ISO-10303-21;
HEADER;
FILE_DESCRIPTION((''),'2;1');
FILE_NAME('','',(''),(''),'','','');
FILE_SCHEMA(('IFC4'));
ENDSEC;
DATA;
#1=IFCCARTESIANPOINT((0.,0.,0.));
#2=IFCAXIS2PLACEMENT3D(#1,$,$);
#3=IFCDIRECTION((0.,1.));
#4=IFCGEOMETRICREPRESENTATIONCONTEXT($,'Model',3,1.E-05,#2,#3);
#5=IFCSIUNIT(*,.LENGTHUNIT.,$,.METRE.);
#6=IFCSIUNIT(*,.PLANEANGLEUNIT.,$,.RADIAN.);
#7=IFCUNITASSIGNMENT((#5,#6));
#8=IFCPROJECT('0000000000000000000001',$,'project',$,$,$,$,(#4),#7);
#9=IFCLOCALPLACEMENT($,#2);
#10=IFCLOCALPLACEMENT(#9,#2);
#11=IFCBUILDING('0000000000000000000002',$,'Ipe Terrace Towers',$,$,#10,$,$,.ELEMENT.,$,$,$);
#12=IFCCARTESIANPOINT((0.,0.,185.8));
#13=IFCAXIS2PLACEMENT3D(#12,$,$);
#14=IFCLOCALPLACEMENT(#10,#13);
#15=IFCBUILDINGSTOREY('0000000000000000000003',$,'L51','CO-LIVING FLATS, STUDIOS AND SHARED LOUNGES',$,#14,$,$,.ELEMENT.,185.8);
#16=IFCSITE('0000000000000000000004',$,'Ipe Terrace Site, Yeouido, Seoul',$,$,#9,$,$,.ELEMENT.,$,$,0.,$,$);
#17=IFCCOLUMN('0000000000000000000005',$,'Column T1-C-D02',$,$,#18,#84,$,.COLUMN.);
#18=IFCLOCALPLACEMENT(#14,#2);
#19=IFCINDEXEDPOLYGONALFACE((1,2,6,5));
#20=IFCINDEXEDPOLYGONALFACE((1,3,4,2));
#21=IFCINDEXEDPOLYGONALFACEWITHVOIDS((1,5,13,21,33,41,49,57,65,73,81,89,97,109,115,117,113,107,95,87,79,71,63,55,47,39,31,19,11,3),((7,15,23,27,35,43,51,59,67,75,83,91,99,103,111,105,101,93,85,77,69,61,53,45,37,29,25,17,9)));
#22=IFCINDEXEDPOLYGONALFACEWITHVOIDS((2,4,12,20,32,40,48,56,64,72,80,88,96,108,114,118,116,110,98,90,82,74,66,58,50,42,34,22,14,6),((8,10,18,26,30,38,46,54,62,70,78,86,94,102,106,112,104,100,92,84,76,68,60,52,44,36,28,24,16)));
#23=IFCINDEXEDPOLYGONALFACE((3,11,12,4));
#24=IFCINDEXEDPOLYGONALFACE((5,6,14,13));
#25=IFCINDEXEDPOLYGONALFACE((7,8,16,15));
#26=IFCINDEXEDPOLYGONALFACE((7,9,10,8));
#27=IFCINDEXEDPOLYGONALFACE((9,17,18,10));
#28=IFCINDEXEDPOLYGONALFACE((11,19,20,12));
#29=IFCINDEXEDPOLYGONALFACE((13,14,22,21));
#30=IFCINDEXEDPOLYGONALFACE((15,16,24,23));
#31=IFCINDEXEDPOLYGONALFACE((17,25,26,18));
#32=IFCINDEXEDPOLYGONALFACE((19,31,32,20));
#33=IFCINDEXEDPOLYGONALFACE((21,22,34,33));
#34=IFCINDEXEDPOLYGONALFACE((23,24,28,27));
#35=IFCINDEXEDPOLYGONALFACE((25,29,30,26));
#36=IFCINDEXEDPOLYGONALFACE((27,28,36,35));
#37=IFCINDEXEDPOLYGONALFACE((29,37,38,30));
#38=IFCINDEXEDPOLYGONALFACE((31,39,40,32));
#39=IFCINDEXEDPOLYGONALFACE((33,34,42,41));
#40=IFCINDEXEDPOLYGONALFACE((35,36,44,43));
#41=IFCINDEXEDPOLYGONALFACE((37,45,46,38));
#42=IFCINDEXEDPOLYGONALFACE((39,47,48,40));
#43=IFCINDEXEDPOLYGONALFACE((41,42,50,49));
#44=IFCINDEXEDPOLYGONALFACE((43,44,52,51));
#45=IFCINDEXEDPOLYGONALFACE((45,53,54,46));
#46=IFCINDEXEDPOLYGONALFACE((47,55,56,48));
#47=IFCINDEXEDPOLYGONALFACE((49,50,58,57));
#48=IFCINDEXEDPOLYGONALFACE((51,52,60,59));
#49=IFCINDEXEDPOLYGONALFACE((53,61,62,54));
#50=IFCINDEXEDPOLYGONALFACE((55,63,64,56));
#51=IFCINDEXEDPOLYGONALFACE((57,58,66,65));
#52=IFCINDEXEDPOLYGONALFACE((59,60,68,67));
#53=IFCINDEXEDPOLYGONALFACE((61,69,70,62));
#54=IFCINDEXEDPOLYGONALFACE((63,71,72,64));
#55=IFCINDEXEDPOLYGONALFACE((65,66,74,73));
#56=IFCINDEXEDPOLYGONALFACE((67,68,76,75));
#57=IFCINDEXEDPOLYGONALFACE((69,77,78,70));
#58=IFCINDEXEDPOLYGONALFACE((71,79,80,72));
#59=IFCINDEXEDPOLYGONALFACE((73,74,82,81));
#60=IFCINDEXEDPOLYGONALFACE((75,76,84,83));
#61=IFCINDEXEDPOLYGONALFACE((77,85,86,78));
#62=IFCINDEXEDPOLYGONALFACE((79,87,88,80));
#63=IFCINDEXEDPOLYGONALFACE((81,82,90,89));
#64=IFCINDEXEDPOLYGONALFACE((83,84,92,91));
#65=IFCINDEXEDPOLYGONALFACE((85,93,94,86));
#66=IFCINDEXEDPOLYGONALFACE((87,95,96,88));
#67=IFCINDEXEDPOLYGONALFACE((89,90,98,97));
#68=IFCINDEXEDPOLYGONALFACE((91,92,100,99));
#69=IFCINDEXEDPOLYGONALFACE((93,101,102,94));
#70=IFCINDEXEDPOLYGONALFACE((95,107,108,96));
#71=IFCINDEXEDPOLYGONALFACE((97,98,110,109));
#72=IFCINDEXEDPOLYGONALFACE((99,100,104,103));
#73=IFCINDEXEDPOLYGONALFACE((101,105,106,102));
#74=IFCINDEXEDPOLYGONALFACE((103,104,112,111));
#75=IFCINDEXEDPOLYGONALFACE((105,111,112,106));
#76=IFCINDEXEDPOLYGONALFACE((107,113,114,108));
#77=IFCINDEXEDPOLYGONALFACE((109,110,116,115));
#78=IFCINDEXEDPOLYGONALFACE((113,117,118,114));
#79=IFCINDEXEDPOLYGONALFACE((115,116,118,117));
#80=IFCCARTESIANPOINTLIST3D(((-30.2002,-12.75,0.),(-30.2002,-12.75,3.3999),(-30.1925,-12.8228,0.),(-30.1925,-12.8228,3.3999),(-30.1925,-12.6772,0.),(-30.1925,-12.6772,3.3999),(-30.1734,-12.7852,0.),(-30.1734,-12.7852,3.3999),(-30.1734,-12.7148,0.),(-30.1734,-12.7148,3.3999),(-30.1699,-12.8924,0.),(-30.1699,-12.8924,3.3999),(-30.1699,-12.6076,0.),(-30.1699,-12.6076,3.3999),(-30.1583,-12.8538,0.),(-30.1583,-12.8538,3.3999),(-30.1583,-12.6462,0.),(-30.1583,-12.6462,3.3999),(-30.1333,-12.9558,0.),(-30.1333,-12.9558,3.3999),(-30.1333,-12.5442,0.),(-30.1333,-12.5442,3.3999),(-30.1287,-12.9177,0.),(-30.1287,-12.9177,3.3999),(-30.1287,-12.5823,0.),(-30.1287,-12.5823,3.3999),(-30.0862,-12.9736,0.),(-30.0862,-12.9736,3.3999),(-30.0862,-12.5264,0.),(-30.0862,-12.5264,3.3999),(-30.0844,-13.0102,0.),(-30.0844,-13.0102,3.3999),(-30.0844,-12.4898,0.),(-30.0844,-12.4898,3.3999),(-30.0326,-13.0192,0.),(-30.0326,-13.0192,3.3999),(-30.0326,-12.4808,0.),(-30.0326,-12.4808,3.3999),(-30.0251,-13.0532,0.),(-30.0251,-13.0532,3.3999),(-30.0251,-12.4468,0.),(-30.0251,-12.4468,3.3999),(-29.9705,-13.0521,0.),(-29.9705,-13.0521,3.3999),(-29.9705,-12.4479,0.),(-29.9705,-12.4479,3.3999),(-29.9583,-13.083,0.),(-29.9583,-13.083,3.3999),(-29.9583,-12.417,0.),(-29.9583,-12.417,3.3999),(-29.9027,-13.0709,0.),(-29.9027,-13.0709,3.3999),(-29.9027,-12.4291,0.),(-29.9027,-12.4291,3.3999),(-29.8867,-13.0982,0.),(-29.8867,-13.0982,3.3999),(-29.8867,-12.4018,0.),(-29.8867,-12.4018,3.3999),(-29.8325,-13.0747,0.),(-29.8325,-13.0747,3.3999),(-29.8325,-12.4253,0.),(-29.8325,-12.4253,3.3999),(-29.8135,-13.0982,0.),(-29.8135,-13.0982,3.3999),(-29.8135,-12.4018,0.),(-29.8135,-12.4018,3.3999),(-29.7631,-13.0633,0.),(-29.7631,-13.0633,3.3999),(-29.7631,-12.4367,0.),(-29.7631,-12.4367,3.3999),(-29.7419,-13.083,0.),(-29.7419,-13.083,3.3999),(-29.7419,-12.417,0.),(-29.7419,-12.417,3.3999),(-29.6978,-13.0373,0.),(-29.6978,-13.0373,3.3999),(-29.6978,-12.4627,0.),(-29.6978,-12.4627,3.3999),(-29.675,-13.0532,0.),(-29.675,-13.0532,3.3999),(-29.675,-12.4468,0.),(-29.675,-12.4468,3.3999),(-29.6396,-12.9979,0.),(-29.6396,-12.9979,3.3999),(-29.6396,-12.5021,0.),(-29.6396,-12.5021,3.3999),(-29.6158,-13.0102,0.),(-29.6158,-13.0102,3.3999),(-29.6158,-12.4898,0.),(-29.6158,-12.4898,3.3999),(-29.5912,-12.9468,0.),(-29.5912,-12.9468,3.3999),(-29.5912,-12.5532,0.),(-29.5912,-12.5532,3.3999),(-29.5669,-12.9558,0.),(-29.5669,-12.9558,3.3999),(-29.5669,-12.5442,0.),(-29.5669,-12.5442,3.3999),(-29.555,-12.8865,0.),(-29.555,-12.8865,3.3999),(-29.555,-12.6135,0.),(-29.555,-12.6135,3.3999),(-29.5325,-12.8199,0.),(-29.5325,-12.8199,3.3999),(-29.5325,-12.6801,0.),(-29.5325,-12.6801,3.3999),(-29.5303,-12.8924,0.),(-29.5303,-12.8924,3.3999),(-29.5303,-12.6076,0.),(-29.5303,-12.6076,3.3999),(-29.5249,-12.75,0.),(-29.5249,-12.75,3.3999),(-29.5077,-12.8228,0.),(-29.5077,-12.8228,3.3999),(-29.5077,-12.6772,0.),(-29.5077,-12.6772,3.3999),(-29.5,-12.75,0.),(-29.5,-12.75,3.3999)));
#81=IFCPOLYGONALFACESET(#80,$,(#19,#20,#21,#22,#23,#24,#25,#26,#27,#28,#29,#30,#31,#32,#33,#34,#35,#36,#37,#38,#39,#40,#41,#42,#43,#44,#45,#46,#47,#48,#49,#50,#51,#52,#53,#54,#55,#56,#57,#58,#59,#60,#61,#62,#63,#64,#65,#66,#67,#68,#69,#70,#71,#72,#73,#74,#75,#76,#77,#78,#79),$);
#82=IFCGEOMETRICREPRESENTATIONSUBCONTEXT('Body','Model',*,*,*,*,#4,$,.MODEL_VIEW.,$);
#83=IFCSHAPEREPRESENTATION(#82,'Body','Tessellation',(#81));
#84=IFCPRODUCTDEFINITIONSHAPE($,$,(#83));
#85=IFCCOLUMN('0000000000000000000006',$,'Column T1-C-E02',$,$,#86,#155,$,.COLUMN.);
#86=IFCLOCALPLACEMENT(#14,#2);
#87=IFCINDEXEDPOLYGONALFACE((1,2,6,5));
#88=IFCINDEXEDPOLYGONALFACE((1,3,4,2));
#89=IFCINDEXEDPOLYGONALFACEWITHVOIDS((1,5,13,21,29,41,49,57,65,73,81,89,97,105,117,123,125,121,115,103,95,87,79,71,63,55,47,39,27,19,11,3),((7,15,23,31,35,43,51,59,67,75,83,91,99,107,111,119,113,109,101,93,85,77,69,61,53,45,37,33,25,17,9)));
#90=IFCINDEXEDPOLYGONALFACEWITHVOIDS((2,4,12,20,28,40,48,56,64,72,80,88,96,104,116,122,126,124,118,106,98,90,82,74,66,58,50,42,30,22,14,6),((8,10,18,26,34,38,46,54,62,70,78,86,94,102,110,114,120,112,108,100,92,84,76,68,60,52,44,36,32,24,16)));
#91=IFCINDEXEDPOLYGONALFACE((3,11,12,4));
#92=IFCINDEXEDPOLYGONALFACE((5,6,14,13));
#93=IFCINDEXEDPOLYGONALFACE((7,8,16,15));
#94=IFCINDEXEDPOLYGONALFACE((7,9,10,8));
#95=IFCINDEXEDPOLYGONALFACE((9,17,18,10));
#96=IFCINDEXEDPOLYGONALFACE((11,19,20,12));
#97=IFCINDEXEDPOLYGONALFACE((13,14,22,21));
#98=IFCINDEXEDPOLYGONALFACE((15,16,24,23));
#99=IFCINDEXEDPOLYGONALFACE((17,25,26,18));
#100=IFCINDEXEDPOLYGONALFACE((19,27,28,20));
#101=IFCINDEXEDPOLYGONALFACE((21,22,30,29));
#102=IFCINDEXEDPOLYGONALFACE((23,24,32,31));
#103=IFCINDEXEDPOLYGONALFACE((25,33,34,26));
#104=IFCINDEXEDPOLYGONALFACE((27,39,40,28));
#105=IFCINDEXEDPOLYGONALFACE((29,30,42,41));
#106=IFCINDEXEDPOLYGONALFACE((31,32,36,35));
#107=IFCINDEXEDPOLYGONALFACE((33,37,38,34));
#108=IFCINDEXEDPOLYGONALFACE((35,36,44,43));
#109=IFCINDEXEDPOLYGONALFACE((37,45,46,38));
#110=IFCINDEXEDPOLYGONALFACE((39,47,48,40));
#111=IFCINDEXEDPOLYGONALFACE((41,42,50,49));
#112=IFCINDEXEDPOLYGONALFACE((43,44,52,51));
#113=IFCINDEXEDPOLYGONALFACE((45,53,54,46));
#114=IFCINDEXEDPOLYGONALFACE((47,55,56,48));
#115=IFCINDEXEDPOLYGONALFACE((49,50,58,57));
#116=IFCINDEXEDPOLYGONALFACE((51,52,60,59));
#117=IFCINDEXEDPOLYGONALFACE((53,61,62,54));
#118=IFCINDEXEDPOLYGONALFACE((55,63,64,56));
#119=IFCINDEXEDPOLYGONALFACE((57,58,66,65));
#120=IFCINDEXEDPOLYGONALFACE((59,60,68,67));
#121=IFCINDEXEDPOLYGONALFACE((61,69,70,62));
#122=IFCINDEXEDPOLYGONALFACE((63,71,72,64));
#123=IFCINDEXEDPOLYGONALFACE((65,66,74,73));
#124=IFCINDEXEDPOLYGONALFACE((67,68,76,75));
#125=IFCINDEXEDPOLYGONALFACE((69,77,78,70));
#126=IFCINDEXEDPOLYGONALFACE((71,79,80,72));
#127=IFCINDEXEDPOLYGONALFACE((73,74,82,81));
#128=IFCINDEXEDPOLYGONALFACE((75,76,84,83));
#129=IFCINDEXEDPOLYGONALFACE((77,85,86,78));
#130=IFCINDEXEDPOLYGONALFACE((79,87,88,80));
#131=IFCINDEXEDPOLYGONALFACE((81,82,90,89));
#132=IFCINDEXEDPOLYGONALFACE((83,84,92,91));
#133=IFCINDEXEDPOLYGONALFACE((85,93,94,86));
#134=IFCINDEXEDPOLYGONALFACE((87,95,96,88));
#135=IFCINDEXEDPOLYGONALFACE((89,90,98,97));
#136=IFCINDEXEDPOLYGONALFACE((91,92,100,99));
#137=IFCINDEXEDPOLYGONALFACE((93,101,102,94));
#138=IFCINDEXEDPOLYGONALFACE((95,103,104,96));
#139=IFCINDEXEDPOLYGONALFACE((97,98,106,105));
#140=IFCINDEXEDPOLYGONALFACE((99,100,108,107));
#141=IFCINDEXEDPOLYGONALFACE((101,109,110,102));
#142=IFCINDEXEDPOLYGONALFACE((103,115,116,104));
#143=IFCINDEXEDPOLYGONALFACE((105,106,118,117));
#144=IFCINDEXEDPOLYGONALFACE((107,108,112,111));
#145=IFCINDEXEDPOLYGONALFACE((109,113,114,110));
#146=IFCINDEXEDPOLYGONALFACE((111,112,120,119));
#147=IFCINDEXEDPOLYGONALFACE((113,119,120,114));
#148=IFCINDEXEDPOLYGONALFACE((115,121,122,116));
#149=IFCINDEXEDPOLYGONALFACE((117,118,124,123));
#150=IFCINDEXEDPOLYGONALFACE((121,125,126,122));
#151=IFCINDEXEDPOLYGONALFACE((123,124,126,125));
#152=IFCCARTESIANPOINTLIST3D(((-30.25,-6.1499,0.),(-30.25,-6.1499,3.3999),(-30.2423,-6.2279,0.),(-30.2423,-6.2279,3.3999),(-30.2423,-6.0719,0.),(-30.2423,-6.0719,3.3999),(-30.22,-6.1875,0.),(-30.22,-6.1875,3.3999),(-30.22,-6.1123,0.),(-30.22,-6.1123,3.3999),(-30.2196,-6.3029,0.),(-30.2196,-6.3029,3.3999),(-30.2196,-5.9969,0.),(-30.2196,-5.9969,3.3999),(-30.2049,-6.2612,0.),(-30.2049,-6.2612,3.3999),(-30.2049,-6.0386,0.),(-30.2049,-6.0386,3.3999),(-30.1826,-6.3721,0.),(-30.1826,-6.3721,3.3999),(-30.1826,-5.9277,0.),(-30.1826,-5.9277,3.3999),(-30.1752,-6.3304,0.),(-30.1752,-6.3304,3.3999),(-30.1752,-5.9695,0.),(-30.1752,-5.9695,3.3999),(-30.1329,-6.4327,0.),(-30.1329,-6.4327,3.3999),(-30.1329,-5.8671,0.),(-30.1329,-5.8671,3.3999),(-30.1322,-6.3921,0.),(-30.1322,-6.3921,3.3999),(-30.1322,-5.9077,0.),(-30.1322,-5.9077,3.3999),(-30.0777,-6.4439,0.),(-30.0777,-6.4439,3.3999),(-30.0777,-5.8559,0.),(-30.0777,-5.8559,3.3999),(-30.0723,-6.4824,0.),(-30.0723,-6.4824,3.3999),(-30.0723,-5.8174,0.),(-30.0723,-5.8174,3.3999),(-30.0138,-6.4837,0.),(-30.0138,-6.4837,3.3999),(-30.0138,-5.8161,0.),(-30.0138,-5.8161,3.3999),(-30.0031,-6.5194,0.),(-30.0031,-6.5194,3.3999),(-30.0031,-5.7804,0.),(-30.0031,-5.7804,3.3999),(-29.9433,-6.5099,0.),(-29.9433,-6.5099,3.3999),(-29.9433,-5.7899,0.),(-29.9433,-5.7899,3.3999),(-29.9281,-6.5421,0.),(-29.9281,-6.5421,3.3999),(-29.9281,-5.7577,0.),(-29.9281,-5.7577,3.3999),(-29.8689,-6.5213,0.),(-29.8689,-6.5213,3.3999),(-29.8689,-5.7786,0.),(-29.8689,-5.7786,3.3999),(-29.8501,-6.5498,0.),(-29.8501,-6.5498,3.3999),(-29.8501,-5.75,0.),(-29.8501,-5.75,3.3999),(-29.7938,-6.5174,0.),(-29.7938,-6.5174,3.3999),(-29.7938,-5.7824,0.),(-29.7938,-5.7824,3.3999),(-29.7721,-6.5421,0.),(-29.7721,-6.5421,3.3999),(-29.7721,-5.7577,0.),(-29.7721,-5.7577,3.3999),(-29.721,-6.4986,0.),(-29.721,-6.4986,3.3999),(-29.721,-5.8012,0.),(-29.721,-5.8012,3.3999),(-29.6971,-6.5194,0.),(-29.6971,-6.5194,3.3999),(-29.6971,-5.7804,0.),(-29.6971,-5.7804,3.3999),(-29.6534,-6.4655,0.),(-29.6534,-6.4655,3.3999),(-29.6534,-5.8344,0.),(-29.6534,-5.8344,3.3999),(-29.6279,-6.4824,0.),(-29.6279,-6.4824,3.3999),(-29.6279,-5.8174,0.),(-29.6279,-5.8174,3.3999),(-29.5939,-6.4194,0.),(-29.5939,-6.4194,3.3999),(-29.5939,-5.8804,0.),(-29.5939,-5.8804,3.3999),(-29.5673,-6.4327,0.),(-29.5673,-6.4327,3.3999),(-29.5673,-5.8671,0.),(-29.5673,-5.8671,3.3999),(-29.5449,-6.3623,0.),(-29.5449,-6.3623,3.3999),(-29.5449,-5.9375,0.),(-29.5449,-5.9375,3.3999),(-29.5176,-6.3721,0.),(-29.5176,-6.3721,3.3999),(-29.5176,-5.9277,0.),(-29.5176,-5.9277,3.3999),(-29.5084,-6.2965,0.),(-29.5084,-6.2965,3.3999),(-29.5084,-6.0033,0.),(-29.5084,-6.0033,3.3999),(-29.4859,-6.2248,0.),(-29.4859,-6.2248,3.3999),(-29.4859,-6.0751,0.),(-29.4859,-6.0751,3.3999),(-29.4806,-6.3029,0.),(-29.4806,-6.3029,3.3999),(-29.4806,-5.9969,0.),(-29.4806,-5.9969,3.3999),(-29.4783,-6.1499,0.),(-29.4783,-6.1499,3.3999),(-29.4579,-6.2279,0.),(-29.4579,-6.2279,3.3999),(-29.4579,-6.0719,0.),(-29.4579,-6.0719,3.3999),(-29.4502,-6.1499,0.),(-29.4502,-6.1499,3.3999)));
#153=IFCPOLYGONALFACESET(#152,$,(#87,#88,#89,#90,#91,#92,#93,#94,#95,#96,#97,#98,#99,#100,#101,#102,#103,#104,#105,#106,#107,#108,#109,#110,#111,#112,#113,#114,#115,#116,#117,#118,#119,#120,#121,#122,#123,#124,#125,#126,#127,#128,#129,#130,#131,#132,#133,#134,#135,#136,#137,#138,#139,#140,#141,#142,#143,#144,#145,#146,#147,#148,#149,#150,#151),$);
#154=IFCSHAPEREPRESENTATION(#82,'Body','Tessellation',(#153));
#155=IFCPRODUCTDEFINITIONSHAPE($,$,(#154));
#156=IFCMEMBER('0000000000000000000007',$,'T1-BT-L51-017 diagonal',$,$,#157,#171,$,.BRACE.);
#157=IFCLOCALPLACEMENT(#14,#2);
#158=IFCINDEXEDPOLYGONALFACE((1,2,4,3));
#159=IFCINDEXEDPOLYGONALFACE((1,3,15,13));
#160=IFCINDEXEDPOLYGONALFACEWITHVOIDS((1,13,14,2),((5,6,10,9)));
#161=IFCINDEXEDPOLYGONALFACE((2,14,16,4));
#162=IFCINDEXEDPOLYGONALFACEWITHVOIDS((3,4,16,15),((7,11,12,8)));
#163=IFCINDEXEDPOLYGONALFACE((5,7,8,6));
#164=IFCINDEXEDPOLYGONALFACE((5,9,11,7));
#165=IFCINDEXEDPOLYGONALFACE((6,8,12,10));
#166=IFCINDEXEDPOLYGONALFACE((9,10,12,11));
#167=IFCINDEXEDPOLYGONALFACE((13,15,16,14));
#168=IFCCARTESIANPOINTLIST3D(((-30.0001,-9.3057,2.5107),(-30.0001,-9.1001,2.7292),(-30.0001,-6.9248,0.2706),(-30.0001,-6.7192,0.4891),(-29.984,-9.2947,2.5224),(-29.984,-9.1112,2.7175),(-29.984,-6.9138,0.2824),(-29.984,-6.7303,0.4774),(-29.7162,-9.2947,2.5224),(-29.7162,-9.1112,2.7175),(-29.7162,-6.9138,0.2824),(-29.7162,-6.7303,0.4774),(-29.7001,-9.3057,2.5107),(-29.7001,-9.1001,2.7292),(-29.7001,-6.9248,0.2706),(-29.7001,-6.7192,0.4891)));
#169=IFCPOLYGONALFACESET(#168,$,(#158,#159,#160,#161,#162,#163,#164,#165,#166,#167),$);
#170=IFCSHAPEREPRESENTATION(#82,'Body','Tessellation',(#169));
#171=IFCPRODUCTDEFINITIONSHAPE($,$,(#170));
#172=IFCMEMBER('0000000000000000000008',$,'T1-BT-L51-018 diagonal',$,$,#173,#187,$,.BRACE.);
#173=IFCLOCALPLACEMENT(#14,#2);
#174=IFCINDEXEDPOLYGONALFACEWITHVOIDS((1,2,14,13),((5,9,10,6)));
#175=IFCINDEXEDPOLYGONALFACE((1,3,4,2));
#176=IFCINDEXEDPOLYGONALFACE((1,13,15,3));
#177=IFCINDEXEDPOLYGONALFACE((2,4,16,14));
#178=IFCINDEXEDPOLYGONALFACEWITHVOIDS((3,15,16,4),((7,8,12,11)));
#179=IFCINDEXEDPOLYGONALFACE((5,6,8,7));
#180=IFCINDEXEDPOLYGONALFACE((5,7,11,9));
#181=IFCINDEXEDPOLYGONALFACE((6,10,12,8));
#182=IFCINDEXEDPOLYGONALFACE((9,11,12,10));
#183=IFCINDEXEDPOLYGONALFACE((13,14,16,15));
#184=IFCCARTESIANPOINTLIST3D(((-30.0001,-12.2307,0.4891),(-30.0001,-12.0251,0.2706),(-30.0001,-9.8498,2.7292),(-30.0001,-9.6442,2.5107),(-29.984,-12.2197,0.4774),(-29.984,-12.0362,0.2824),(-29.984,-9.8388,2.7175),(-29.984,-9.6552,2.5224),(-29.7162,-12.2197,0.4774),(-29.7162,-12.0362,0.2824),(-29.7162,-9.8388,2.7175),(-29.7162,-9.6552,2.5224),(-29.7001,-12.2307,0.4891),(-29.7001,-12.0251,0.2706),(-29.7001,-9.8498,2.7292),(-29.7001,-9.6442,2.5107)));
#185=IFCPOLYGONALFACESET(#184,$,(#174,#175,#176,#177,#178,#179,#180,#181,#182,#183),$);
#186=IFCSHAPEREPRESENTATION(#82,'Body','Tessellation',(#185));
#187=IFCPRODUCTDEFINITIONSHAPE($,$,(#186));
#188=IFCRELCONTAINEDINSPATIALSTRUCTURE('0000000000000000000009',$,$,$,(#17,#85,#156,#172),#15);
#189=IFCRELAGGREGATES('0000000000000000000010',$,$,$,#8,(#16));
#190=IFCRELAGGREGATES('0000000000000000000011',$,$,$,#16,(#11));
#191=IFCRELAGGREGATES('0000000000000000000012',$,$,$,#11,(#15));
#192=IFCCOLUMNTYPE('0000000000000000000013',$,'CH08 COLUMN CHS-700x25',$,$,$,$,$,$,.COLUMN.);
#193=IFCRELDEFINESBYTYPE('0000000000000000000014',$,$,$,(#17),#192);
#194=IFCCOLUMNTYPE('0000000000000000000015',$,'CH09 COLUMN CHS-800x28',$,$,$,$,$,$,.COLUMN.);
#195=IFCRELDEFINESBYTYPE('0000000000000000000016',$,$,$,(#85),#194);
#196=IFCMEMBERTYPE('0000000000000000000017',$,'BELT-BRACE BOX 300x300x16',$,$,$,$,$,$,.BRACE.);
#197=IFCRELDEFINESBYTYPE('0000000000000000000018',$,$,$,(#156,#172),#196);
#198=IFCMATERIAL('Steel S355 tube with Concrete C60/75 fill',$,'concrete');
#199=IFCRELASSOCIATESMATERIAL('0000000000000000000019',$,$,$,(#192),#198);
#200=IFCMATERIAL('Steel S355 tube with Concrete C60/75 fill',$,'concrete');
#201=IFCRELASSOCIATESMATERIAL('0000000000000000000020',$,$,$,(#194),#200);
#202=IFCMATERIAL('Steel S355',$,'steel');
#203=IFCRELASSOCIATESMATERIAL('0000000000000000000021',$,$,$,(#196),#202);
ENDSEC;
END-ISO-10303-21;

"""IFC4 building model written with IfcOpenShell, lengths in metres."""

from ifc_helpers import new_model, si_unit, direction, frame, origin, origin_2d, place, context, subcontext, project, spatial, hollow_rectangle, hollow_circle, extrude, material, material_profile, profile_set, type_object, element, save


model = new_model("IFC4")

# Units and contexts
model_context = context("Model", 3, precision=1e-05, world=origin(), true_north=direction((0.0, 1.0)))
body_context = subcontext(model_context, "Body", "Model", "MODEL_VIEW")
ifc_project = project(units=[si_unit("LENGTHUNIT", "METRE"), si_unit("PLANEANGLEUNIT", "RADIAN")], contexts=[model_context])

# Site, building, storey
site_placement = place(None, origin())
site = spatial("IfcSite", under=ifc_project, at=site_placement, Name="Ipe Terrace Site, Yeouido, Seoul", CompositionType="ELEMENT", RefElevation=0.0)
building_placement = place(site_placement, origin())
building = spatial("IfcBuilding", under=site, at=building_placement, Name="Ipe Terrace Towers", CompositionType="ELEMENT")
storey_placement = place(building_placement, frame((0.0, 0.0, 185.8)))
storey = spatial("IfcBuildingStorey", under=building, at=storey_placement, Name="L51", Description="CO-LIVING FLATS, STUDIOS AND SHARED LOUNGES", CompositionType="ELEMENT", Elevation=185.8)

# Columns
ifc_material_1 = material(Name="Steel S355 tube with Concrete C60/75 fill", Category="concrete")
ifc_material_profile_1 = material_profile(ifc_material_1, hollow_circle(Radius=0.3501, WallThickness=0.0249, at=origin_2d()), Name="CHS-700x25")
ifc_profile_set_1 = profile_set([ifc_material_profile_1], Name="Steel S355 tube with Concrete C60/75 fill")
column_type_1 = type_object("IfcColumnType", Name="CH08 COLUMN CHS-700x25", PredefinedType="COLUMN", material=ifc_profile_set_1)
column_1_placement = place(storey_placement, frame((-29.8501, -12.75, 0.0), z_axis=(0.0, 0.0, 1.0), x_axis=(1.0, 0.0, 0.0)))
element("IfcColumn", 1, at=column_1_placement, inside=storey, type_object=column_type_1, Name="Column T1-C-D02", PredefinedType="COLUMN", context=body_context, shape_type="SweptSolid", body=[
    extrude(hollow_circle(Radius=0.3501, WallThickness=0.0249, at=origin_2d()), origin(), (0.0, 0.0, 1.0), 3.3999),
])
ifc_material_2 = material(Name="Steel S355 tube with Concrete C60/75 fill", Category="concrete")
ifc_material_profile_2 = material_profile(ifc_material_2, hollow_circle(Radius=0.3999, WallThickness=0.0281, at=origin_2d()), Name="CHS-800x28")
ifc_profile_set_2 = profile_set([ifc_material_profile_2], Name="Steel S355 tube with Concrete C60/75 fill")
column_type_2 = type_object("IfcColumnType", Name="CH09 COLUMN CHS-800x28", PredefinedType="COLUMN", material=ifc_profile_set_2)
column_2_placement = place(storey_placement, frame((-29.8501, -6.1499, 0.0), z_axis=(0.0, 0.0, 1.0), x_axis=(1.0, 0.0, 0.0)))
element("IfcColumn", 2, at=column_2_placement, inside=storey, type_object=column_type_2, Name="Column T1-C-E02", PredefinedType="COLUMN", context=body_context, shape_type="SweptSolid", body=[
    extrude(hollow_circle(Radius=0.3999, WallThickness=0.0281, at=origin_2d()), origin(), (0.0, 0.0, 1.0), 3.3999),
])

# Members
ifc_material_3 = material(Name="Steel S355", Category="steel")
ifc_material_profile_3 = material_profile(ifc_material_3, hollow_rectangle(XDim=0.3, YDim=0.3, WallThickness=0.0161, at=origin_2d()), Name="BELT-BRACE BOX 300x300x16")
ifc_profile_set_3 = profile_set([ifc_material_profile_3], Name="Steel S355")
member_type_1 = type_object("IfcMemberType", Name="BELT-BRACE BOX 300x300x16", PredefinedType="BRACE", material=ifc_profile_set_3)
for number, where, z_axis, x_axis, name in (
    (3, (-29.8501, -6.822, 0.3799), (0.0, -0.728325, 0.685232), (1.0, 0.0, 0.0), "T1-BT-L51-017 diagonal"),
    (4, (-29.8501, -12.1279, 0.3799), (0.0, 0.728325, 0.685232), (-1.0, 0.0, 0.0), "T1-BT-L51-018 diagonal"),
):
    element("IfcMember", number, at=place(storey_placement, frame(where, z_axis=z_axis, x_axis=x_axis)), inside=storey, type_object=member_type_1, Name=name, PredefinedType="BRACE", context=body_context, shape_type="SweptSolid", body=[
        extrude(hollow_rectangle(XDim=0.3, YDim=0.3, WallThickness=0.0161, at=origin_2d()), origin(), (0.0, 0.0, 1.0), 3.269),
    ])

save(model, "model.ifc")
